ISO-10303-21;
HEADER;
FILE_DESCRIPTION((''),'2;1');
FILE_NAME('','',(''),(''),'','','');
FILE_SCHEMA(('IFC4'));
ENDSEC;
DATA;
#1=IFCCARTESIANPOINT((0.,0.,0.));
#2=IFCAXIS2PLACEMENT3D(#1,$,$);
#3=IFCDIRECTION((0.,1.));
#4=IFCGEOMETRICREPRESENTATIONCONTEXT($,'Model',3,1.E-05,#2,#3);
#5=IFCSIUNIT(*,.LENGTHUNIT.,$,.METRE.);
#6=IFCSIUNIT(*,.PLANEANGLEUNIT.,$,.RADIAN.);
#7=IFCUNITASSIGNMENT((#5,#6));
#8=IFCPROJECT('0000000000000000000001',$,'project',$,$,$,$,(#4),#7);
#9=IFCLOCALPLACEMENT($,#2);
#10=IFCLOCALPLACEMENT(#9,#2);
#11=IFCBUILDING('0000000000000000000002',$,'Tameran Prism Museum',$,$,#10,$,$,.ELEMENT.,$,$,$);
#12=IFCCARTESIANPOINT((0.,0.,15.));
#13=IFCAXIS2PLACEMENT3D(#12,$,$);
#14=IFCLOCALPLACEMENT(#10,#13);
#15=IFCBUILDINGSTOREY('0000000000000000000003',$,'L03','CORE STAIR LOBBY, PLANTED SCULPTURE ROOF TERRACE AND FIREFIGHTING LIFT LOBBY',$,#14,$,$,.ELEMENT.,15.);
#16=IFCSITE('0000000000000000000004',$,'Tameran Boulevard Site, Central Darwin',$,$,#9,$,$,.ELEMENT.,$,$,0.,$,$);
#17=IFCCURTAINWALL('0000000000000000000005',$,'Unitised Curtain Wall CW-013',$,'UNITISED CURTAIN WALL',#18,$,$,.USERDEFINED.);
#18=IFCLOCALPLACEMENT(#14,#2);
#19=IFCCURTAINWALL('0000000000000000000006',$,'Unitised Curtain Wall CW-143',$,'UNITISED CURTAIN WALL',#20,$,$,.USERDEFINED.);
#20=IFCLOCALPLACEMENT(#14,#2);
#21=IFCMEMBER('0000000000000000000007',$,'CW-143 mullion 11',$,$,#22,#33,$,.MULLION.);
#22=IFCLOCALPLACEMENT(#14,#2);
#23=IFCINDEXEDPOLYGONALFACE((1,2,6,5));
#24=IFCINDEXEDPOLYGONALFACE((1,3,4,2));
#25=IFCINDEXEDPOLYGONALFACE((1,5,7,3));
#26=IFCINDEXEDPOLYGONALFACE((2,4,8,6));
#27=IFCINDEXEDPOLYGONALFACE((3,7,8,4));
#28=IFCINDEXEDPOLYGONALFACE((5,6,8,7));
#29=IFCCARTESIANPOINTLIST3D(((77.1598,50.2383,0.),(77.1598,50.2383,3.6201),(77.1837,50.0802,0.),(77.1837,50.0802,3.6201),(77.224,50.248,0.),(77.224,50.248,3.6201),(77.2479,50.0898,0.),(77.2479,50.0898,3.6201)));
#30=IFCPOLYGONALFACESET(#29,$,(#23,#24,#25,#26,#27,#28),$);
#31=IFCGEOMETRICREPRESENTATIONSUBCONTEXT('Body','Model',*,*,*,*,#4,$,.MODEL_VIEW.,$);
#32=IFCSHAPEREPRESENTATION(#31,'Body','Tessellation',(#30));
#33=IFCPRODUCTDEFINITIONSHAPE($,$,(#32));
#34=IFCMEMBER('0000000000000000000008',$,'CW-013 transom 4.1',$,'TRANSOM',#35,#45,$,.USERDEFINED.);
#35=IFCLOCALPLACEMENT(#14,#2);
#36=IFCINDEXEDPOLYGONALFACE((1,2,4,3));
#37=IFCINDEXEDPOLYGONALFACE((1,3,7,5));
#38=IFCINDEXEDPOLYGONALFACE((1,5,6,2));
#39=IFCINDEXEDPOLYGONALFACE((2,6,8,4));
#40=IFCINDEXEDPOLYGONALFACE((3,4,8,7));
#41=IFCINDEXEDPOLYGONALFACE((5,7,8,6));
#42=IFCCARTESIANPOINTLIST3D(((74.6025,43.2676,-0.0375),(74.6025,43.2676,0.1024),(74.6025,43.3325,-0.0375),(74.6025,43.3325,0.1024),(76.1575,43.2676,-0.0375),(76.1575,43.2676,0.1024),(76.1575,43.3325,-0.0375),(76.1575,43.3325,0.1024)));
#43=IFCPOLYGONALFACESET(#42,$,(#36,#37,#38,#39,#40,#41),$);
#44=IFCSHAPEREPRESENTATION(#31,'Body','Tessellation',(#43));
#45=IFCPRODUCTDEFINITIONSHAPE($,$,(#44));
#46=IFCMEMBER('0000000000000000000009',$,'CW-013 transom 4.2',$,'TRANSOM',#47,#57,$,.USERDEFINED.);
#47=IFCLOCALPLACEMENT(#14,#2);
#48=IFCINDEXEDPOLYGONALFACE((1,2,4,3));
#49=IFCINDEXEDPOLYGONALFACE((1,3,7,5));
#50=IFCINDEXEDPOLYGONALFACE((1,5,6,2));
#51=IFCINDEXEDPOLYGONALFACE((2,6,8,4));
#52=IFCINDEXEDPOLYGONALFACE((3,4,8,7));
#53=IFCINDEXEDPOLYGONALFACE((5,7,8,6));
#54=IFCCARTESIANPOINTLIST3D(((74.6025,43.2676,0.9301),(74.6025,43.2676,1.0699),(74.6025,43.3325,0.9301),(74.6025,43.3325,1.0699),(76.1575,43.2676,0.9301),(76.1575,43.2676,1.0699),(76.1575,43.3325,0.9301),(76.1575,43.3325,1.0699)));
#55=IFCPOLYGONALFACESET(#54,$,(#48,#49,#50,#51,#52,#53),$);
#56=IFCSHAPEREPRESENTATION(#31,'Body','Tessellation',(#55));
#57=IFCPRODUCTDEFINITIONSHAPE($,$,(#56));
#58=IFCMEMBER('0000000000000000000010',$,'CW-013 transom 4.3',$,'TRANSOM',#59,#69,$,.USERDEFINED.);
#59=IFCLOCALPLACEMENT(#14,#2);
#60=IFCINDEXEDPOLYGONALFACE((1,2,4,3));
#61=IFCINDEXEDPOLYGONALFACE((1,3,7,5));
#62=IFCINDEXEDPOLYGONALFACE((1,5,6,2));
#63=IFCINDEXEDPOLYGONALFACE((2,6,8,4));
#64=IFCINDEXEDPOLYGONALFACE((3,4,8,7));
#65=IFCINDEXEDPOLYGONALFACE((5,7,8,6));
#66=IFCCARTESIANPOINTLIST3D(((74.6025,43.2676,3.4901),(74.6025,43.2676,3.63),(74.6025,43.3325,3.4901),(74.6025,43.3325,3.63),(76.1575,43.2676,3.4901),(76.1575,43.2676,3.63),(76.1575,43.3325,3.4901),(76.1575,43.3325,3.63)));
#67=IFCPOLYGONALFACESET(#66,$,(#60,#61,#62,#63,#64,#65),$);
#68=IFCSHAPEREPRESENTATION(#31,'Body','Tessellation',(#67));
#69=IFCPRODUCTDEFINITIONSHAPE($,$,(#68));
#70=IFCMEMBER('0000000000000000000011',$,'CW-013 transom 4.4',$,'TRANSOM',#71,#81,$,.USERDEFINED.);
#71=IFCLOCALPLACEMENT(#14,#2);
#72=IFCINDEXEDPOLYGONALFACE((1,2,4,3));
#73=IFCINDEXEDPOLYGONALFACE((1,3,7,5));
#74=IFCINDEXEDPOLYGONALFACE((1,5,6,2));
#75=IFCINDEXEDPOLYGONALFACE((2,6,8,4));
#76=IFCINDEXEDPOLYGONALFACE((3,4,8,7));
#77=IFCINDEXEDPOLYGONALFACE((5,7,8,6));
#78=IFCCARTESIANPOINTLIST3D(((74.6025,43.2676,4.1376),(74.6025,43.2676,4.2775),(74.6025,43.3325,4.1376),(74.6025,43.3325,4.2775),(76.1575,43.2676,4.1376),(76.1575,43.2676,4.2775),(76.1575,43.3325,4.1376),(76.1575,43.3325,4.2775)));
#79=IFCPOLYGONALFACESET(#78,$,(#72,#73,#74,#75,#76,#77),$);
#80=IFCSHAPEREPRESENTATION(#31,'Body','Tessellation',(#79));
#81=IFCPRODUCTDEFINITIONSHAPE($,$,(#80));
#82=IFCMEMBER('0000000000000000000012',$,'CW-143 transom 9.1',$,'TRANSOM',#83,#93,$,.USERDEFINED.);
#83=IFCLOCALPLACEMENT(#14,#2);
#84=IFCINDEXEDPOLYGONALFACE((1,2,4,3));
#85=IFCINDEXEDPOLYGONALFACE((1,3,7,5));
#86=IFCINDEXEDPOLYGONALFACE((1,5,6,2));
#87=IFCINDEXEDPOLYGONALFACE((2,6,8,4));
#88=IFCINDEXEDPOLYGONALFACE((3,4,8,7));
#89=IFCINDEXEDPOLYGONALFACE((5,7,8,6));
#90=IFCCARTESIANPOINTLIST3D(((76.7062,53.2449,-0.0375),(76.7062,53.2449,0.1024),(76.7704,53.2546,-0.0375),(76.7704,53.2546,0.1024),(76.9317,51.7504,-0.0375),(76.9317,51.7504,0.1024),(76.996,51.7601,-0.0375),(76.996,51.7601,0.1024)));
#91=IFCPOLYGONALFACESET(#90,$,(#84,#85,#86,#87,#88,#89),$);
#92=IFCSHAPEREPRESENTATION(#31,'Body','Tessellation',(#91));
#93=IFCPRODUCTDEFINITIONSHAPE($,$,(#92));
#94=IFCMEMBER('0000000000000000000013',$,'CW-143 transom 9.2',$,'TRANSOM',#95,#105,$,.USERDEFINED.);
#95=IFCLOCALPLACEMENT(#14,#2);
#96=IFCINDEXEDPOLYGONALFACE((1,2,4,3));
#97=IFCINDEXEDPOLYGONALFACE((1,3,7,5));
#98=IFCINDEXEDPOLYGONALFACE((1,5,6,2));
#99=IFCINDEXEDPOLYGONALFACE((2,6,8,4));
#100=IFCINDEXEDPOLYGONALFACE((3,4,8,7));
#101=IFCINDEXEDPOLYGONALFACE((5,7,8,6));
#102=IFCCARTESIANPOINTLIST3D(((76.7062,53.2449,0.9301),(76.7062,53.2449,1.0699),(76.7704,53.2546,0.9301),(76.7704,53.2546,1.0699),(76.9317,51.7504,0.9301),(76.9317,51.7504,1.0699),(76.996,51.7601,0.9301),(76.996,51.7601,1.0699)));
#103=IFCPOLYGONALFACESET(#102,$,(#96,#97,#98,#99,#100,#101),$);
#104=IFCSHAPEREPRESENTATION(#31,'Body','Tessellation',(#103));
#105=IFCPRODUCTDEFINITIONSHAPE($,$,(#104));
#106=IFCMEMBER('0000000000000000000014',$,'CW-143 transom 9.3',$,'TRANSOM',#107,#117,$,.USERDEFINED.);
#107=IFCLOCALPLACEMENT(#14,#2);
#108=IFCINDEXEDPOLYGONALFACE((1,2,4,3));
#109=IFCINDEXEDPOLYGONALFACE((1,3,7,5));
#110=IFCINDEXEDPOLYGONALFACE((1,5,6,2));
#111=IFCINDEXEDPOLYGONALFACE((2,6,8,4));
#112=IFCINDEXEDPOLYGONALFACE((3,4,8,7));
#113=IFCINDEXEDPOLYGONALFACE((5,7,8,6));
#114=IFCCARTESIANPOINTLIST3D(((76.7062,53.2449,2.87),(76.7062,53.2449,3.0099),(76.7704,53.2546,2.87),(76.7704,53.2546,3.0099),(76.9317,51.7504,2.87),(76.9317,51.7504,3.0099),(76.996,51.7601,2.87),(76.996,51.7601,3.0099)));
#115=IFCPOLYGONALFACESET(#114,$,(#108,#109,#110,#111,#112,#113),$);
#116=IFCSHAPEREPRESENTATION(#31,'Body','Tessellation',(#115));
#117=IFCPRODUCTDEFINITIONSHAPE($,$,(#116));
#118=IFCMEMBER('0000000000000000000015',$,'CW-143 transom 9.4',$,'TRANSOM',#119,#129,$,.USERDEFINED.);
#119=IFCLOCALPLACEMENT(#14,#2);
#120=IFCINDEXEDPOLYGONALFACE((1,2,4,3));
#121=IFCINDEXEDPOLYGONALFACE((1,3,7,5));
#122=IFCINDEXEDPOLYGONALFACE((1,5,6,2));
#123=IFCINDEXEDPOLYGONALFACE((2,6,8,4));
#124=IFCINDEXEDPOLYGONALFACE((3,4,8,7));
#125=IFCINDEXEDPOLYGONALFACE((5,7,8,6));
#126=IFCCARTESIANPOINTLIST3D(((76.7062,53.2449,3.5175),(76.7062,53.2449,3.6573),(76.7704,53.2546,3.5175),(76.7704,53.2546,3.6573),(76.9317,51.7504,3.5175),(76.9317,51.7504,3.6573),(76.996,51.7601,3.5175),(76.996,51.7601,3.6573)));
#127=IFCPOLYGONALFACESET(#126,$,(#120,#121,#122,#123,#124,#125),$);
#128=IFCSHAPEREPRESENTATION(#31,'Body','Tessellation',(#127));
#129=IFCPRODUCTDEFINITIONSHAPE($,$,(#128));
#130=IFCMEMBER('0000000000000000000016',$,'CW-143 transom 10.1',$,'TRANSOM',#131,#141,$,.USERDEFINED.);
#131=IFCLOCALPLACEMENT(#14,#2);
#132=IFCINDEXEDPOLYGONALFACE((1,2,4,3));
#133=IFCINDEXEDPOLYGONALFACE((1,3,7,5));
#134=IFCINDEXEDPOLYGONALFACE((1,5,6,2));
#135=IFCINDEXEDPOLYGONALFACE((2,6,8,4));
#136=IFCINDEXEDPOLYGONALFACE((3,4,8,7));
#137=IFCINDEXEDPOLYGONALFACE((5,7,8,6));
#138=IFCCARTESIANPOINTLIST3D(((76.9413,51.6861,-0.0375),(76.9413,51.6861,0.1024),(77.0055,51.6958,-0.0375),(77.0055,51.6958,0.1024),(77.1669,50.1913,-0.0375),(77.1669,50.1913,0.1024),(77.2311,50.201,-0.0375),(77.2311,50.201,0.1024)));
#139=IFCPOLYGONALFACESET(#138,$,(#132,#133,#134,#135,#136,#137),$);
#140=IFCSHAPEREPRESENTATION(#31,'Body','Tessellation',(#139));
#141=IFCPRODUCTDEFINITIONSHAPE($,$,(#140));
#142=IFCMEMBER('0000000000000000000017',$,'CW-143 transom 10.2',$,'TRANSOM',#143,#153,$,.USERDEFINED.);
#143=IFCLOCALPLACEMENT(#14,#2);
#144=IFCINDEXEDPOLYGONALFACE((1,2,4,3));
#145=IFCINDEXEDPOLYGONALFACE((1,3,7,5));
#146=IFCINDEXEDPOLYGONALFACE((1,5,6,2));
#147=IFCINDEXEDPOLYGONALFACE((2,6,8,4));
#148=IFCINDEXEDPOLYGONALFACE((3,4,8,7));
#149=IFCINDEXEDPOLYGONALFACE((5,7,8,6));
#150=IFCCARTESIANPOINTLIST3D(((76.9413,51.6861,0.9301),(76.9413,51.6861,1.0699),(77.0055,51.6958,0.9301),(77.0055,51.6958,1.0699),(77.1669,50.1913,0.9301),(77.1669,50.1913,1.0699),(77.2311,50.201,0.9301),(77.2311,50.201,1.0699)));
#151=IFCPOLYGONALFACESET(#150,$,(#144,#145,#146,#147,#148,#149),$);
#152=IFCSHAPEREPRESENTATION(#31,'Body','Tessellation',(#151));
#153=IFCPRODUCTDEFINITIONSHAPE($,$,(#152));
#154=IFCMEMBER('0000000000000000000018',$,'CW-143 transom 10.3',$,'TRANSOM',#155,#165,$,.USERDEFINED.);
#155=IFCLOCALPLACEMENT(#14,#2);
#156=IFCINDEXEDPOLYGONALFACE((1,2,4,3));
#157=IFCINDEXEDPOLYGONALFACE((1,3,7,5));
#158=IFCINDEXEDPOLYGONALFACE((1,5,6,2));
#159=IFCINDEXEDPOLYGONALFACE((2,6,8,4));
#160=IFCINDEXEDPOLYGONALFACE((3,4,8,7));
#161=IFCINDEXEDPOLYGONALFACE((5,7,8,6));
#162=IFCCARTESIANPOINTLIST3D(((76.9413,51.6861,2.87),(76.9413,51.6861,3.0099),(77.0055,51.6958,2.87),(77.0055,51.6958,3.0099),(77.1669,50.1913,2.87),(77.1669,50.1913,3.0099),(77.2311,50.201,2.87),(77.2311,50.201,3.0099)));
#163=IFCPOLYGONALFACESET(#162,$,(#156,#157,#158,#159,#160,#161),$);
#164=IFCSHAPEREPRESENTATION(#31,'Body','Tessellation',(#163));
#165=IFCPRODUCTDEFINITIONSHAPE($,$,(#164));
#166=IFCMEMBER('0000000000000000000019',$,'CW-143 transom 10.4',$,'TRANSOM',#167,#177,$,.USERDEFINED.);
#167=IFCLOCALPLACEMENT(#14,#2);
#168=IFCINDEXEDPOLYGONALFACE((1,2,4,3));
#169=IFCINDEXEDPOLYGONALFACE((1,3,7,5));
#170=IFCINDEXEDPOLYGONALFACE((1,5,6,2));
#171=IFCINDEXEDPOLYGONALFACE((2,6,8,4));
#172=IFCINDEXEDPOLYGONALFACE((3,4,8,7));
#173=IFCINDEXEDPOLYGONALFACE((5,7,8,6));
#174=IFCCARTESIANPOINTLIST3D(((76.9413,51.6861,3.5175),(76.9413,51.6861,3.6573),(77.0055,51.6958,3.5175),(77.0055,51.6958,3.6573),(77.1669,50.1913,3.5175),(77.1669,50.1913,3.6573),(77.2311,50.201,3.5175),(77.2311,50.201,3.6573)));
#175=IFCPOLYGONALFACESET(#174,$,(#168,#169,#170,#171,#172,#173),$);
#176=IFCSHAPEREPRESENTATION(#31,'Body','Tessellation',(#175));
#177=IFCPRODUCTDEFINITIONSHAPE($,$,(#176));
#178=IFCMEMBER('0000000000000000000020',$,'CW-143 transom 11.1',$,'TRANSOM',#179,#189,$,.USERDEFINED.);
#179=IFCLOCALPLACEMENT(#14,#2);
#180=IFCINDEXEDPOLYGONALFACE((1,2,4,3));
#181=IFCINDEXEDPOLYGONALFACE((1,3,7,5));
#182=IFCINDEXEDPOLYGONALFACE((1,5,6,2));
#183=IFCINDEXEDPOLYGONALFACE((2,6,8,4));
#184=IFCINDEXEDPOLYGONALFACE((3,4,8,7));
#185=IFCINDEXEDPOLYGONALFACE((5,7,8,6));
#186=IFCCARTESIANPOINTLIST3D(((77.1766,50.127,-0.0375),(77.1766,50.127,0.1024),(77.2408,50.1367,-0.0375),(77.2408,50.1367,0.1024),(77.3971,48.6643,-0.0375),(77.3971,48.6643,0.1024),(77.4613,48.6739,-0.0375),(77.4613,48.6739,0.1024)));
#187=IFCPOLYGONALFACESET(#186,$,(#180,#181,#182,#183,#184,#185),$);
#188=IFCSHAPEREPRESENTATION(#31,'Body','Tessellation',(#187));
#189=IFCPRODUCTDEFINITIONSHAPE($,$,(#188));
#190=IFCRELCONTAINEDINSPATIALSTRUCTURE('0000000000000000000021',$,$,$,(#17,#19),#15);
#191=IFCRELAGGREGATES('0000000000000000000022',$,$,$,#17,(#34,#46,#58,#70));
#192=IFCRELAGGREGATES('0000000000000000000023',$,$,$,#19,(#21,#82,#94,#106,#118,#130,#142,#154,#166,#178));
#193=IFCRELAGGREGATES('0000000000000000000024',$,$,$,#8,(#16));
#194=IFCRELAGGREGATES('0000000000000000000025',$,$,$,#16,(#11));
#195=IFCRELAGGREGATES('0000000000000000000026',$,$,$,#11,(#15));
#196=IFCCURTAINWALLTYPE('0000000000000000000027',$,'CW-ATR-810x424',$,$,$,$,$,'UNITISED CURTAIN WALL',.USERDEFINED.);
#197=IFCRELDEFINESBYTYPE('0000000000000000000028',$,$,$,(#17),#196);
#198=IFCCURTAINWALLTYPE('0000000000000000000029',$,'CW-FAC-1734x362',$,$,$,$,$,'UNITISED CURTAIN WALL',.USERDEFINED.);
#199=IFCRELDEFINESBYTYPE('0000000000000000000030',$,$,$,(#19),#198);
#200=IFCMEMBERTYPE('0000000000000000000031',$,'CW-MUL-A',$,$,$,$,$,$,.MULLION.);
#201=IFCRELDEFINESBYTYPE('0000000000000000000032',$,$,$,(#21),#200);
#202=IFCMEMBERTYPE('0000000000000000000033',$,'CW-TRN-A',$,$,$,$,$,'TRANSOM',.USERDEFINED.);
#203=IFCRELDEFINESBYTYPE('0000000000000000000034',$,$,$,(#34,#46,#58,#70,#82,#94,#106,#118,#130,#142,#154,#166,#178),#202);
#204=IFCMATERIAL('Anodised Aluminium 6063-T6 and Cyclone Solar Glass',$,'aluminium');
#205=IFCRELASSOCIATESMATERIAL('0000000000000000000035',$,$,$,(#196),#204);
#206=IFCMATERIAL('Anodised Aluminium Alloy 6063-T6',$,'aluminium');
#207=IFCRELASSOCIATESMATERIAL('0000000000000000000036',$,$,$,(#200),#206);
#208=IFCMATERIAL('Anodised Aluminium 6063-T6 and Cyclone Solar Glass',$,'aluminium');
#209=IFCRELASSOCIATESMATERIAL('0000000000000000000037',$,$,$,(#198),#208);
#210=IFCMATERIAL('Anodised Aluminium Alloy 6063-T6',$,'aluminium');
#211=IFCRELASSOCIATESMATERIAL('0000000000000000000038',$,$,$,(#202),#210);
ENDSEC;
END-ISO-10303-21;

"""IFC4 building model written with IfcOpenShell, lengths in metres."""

from ifc_helpers import new_model, si_unit, direction, frame, origin, origin_2d, place, context, subcontext, project, spatial, rectangle, extrude, material, material_profile, profile_set, type_object, element, aggregate, save


model = new_model("IFC4")

# Units and contexts
model_context = context("Model", 3, precision=1e-05, world=origin(), true_north=direction((0.0, 1.0)))
body_context = subcontext(model_context, "Body", "Model", "MODEL_VIEW")
ifc_project = project(units=[si_unit("LENGTHUNIT", "METRE"), si_unit("PLANEANGLEUNIT", "RADIAN")], contexts=[model_context])

# Site, building, storey
site_placement = place(None, origin())
site = spatial("IfcSite", under=ifc_project, at=site_placement, Name="Tameran Boulevard Site, Central Darwin", CompositionType="ELEMENT", RefElevation=0.0)
building_placement = place(site_placement, origin())
building = spatial("IfcBuilding", under=site, at=building_placement, Name="Tameran Prism Museum", CompositionType="ELEMENT")
storey_placement = place(building_placement, frame((0.0, 0.0, 15.0)))
storey = spatial("IfcBuildingStorey", under=building, at=storey_placement, Name="L03", Description="CORE STAIR LOBBY, PLANTED SCULPTURE ROOF TERRACE AND FIREFIGHTING LIFT LOBBY", CompositionType="ELEMENT", Elevation=15.0)

# Curtain wall
ifc_material_1 = material(Name="Anodised Aluminium 6063-T6 and Cyclone Solar Glass", Category="aluminium")
curtain_wall_type_1 = type_object("IfcCurtainWallType", Name="CW-ATR-810x424", ElementType="UNITISED CURTAIN WALL", PredefinedType="USERDEFINED", material=ifc_material_1)
curtain_wall_1_placement = place(storey_placement, origin())
curtain_wall_1 = element("IfcCurtainWall", 1, at=curtain_wall_1_placement, inside=storey, type_object=curtain_wall_type_1, Name="Unitised Curtain Wall CW-013", ObjectType="UNITISED CURTAIN WALL", PredefinedType="USERDEFINED")
ifc_material_2 = material(Name="Anodised Aluminium Alloy 6063-T6", Category="aluminium")
ifc_material_profile_1 = material_profile(ifc_material_2, rectangle(XDim=0.0649, YDim=0.1599, at=origin_2d()))
ifc_profile_set_1 = profile_set([ifc_material_profile_1])
member_type_1 = type_object("IfcMemberType", Name="CW-MUL-A", PredefinedType="MULLION", material=ifc_profile_set_1)

# Curtain wall, member
ifc_material_3 = material(Name="Anodised Aluminium 6063-T6 and Cyclone Solar Glass", Category="aluminium")
curtain_wall_type_2 = type_object("IfcCurtainWallType", Name="CW-FAC-1734x362", ElementType="UNITISED CURTAIN WALL", PredefinedType="USERDEFINED", material=ifc_material_3)
curtain_wall_2_placement = place(storey_placement, origin())
curtain_wall_2 = element("IfcCurtainWall", 2, at=curtain_wall_2_placement, inside=storey, type_object=curtain_wall_type_2, Name="Unitised Curtain Wall CW-143", ObjectType="UNITISED CURTAIN WALL", PredefinedType="USERDEFINED")
member_1_placement = place(storey_placement, frame((77.2039, 50.1641, 0.0), z_axis=(0.0, 0.0, 1.0), x_axis=(0.988812, 0.149167, 0.0)))
member_1 = element("IfcMember", 3, at=member_1_placement, type_object=member_type_1, Name="CW-143 mullion 11", PredefinedType="MULLION", context=body_context, shape_type="SweptSolid", body=[
    extrude(rectangle(XDim=0.0649, YDim=0.1599, at=origin_2d()), origin(), (0.0, 0.0, 1.0), 3.6201),
])

# Members
ifc_material_4 = material(Name="Anodised Aluminium Alloy 6063-T6", Category="aluminium")
ifc_material_profile_2 = material_profile(ifc_material_4, rectangle(XDim=0.0649, YDim=0.1399, at=origin_2d()))
ifc_profile_set_2 = profile_set([ifc_material_profile_2])
member_type_2 = type_object("IfcMemberType", Name="CW-TRN-A", ElementType="TRANSOM", PredefinedType="USERDEFINED", material=ifc_profile_set_2)
member_2_placement = place(storey_placement, frame((76.1575, 43.3, 0.0325), z_axis=(-1.0, 0.0, 0.0), x_axis=(0.0, -1.0, 0.0)))
member_2 = element("IfcMember", 4, at=member_2_placement, type_object=member_type_2, Name="CW-013 transom 4.1", ObjectType="TRANSOM", PredefinedType="USERDEFINED", context=body_context, shape_type="SweptSolid", body=[
    extrude(rectangle(XDim=0.0649, YDim=0.1399, at=origin_2d()), origin(), (0.0, 0.0, 1.0), 1.5549),
])
member_3_placement = place(storey_placement, frame((76.1575, 43.3, 1.0), z_axis=(-1.0, 0.0, 0.0), x_axis=(0.0, -1.0, 0.0)))
member_3 = element("IfcMember", 5, at=member_3_placement, type_object=member_type_2, Name="CW-013 transom 4.2", ObjectType="TRANSOM", PredefinedType="USERDEFINED", context=body_context, shape_type="SweptSolid", body=[
    extrude(rectangle(XDim=0.0649, YDim=0.1399, at=origin_2d()), origin(), (0.0, 0.0, 1.0), 1.5549),
])
member_4_placement = place(storey_placement, frame((76.1575, 43.3, 3.5601), z_axis=(-1.0, 0.0, 0.0), x_axis=(0.0, -1.0, 0.0)))
member_4 = element("IfcMember", 6, at=member_4_placement, type_object=member_type_2, Name="CW-013 transom 4.3", ObjectType="TRANSOM", PredefinedType="USERDEFINED", context=body_context, shape_type="SweptSolid", body=[
    extrude(rectangle(XDim=0.0649, YDim=0.1399, at=origin_2d()), origin(), (0.0, 0.0, 1.0), 1.5549),
])
member_5_placement = place(storey_placement, frame((76.1575, 43.3, 4.2075), z_axis=(-1.0, 0.0, 0.0), x_axis=(0.0, -1.0, 0.0)))
member_5 = element("IfcMember", 7, at=member_5_placement, type_object=member_type_2, Name="CW-013 transom 4.4", ObjectType="TRANSOM", PredefinedType="USERDEFINED", context=body_context, shape_type="SweptSolid", body=[
    extrude(rectangle(XDim=0.0649, YDim=0.1399, at=origin_2d()), origin(), (0.0, 0.0, 1.0), 1.5549),
])
member_6_placement = place(storey_placement, frame((76.7383, 53.2498, 0.0325), z_axis=(0.149241, -0.988801, 0.0), x_axis=(0.988801, 0.149241, 0.0)))
member_6 = element("IfcMember", 8, at=member_6_placement, type_object=member_type_2, Name="CW-143 transom 9.1", ObjectType="TRANSOM", PredefinedType="USERDEFINED", context=body_context, shape_type="SweptSolid", body=[
    extrude(rectangle(XDim=0.0649, YDim=0.1399, at=origin_2d()), origin(), (0.0, 0.0, 1.0), 1.5115),
])
member_7_placement = place(storey_placement, frame((76.7383, 53.2498, 1.0), z_axis=(0.149241, -0.988801, 0.0), x_axis=(0.988801, 0.149241, 0.0)))
member_7 = element("IfcMember", 9, at=member_7_placement, type_object=member_type_2, Name="CW-143 transom 9.2", ObjectType="TRANSOM", PredefinedType="USERDEFINED", context=body_context, shape_type="SweptSolid", body=[
    extrude(rectangle(XDim=0.0649, YDim=0.1399, at=origin_2d()), origin(), (0.0, 0.0, 1.0), 1.5115),
])
member_8_placement = place(storey_placement, frame((76.7383, 53.2498, 2.9399), z_axis=(0.149241, -0.988801, 0.0), x_axis=(0.988801, 0.149241, 0.0)))
member_8 = element("IfcMember", 10, at=member_8_placement, type_object=member_type_2, Name="CW-143 transom 9.3", ObjectType="TRANSOM", PredefinedType="USERDEFINED", context=body_context, shape_type="SweptSolid", body=[
    extrude(rectangle(XDim=0.0649, YDim=0.1399, at=origin_2d()), origin(), (0.0, 0.0, 1.0), 1.5115),
])
member_9_placement = place(storey_placement, frame((76.7383, 53.2498, 3.5874), z_axis=(0.149241, -0.988801, 0.0), x_axis=(0.988801, 0.149241, 0.0)))
member_9 = element("IfcMember", 11, at=member_9_placement, type_object=member_type_2, Name="CW-143 transom 9.4", ObjectType="TRANSOM", PredefinedType="USERDEFINED", context=body_context, shape_type="SweptSolid", body=[
    extrude(rectangle(XDim=0.0649, YDim=0.1399, at=origin_2d()), origin(), (0.0, 0.0, 1.0), 1.5115),
])
member_10_placement = place(storey_placement, frame((76.9734, 51.6909, 0.0325), z_axis=(0.149217, -0.988804, 0.0), x_axis=(0.988804, 0.149217, 0.0)))
member_10 = element("IfcMember", 12, at=member_10_placement, type_object=member_type_2, Name="CW-143 transom 10.1", ObjectType="TRANSOM", PredefinedType="USERDEFINED", context=body_context, shape_type="SweptSolid", body=[
    extrude(rectangle(XDim=0.0649, YDim=0.1399, at=origin_2d()), origin(), (0.0, 0.0, 1.0), 1.5117),
])
member_11_placement = place(storey_placement, frame((76.9734, 51.6909, 1.0), z_axis=(0.149217, -0.988804, 0.0), x_axis=(0.988804, 0.149217, 0.0)))
member_11 = element("IfcMember", 13, at=member_11_placement, type_object=member_type_2, Name="CW-143 transom 10.2", ObjectType="TRANSOM", PredefinedType="USERDEFINED", context=body_context, shape_type="SweptSolid", body=[
    extrude(rectangle(XDim=0.0649, YDim=0.1399, at=origin_2d()), origin(), (0.0, 0.0, 1.0), 1.5117),
])
member_12_placement = place(storey_placement, frame((76.9734, 51.6909, 2.9399), z_axis=(0.149217, -0.988804, 0.0), x_axis=(0.988804, 0.149217, 0.0)))
member_12 = element("IfcMember", 14, at=member_12_placement, type_object=member_type_2, Name="CW-143 transom 10.3", ObjectType="TRANSOM", PredefinedType="USERDEFINED", context=body_context, shape_type="SweptSolid", body=[
    extrude(rectangle(XDim=0.0649, YDim=0.1399, at=origin_2d()), origin(), (0.0, 0.0, 1.0), 1.5117),
])
member_13_placement = place(storey_placement, frame((76.9734, 51.6909, 3.5874), z_axis=(0.149217, -0.988804, 0.0), x_axis=(0.988804, 0.149217, 0.0)))
member_13 = element("IfcMember", 15, at=member_13_placement, type_object=member_type_2, Name="CW-143 transom 10.4", ObjectType="TRANSOM", PredefinedType="USERDEFINED", context=body_context, shape_type="SweptSolid", body=[
    extrude(rectangle(XDim=0.0649, YDim=0.1399, at=origin_2d()), origin(), (0.0, 0.0, 1.0), 1.5117),
])
member_14_placement = place(storey_placement, frame((77.2087, 50.1318, 0.0325), z_axis=(0.149043, -0.988831, 0.0), x_axis=(0.988831, 0.149043, 0.0)))
member_14 = element("IfcMember", 16, at=member_14_placement, type_object=member_type_2, Name="CW-143 transom 11.1", ObjectType="TRANSOM", PredefinedType="USERDEFINED", context=body_context, shape_type="SweptSolid", body=[
    extrude(rectangle(XDim=0.0649, YDim=0.1399, at=origin_2d()), origin(), (0.0, 0.0, 1.0), 1.4792),
])

aggregate(curtain_wall_1, [member_2, member_3, member_4, member_5])
aggregate(curtain_wall_2, [member_1, member_6, member_7, member_8, member_9, member_10, member_11, member_12, member_13, member_14])

save(model, "model.ifc")
